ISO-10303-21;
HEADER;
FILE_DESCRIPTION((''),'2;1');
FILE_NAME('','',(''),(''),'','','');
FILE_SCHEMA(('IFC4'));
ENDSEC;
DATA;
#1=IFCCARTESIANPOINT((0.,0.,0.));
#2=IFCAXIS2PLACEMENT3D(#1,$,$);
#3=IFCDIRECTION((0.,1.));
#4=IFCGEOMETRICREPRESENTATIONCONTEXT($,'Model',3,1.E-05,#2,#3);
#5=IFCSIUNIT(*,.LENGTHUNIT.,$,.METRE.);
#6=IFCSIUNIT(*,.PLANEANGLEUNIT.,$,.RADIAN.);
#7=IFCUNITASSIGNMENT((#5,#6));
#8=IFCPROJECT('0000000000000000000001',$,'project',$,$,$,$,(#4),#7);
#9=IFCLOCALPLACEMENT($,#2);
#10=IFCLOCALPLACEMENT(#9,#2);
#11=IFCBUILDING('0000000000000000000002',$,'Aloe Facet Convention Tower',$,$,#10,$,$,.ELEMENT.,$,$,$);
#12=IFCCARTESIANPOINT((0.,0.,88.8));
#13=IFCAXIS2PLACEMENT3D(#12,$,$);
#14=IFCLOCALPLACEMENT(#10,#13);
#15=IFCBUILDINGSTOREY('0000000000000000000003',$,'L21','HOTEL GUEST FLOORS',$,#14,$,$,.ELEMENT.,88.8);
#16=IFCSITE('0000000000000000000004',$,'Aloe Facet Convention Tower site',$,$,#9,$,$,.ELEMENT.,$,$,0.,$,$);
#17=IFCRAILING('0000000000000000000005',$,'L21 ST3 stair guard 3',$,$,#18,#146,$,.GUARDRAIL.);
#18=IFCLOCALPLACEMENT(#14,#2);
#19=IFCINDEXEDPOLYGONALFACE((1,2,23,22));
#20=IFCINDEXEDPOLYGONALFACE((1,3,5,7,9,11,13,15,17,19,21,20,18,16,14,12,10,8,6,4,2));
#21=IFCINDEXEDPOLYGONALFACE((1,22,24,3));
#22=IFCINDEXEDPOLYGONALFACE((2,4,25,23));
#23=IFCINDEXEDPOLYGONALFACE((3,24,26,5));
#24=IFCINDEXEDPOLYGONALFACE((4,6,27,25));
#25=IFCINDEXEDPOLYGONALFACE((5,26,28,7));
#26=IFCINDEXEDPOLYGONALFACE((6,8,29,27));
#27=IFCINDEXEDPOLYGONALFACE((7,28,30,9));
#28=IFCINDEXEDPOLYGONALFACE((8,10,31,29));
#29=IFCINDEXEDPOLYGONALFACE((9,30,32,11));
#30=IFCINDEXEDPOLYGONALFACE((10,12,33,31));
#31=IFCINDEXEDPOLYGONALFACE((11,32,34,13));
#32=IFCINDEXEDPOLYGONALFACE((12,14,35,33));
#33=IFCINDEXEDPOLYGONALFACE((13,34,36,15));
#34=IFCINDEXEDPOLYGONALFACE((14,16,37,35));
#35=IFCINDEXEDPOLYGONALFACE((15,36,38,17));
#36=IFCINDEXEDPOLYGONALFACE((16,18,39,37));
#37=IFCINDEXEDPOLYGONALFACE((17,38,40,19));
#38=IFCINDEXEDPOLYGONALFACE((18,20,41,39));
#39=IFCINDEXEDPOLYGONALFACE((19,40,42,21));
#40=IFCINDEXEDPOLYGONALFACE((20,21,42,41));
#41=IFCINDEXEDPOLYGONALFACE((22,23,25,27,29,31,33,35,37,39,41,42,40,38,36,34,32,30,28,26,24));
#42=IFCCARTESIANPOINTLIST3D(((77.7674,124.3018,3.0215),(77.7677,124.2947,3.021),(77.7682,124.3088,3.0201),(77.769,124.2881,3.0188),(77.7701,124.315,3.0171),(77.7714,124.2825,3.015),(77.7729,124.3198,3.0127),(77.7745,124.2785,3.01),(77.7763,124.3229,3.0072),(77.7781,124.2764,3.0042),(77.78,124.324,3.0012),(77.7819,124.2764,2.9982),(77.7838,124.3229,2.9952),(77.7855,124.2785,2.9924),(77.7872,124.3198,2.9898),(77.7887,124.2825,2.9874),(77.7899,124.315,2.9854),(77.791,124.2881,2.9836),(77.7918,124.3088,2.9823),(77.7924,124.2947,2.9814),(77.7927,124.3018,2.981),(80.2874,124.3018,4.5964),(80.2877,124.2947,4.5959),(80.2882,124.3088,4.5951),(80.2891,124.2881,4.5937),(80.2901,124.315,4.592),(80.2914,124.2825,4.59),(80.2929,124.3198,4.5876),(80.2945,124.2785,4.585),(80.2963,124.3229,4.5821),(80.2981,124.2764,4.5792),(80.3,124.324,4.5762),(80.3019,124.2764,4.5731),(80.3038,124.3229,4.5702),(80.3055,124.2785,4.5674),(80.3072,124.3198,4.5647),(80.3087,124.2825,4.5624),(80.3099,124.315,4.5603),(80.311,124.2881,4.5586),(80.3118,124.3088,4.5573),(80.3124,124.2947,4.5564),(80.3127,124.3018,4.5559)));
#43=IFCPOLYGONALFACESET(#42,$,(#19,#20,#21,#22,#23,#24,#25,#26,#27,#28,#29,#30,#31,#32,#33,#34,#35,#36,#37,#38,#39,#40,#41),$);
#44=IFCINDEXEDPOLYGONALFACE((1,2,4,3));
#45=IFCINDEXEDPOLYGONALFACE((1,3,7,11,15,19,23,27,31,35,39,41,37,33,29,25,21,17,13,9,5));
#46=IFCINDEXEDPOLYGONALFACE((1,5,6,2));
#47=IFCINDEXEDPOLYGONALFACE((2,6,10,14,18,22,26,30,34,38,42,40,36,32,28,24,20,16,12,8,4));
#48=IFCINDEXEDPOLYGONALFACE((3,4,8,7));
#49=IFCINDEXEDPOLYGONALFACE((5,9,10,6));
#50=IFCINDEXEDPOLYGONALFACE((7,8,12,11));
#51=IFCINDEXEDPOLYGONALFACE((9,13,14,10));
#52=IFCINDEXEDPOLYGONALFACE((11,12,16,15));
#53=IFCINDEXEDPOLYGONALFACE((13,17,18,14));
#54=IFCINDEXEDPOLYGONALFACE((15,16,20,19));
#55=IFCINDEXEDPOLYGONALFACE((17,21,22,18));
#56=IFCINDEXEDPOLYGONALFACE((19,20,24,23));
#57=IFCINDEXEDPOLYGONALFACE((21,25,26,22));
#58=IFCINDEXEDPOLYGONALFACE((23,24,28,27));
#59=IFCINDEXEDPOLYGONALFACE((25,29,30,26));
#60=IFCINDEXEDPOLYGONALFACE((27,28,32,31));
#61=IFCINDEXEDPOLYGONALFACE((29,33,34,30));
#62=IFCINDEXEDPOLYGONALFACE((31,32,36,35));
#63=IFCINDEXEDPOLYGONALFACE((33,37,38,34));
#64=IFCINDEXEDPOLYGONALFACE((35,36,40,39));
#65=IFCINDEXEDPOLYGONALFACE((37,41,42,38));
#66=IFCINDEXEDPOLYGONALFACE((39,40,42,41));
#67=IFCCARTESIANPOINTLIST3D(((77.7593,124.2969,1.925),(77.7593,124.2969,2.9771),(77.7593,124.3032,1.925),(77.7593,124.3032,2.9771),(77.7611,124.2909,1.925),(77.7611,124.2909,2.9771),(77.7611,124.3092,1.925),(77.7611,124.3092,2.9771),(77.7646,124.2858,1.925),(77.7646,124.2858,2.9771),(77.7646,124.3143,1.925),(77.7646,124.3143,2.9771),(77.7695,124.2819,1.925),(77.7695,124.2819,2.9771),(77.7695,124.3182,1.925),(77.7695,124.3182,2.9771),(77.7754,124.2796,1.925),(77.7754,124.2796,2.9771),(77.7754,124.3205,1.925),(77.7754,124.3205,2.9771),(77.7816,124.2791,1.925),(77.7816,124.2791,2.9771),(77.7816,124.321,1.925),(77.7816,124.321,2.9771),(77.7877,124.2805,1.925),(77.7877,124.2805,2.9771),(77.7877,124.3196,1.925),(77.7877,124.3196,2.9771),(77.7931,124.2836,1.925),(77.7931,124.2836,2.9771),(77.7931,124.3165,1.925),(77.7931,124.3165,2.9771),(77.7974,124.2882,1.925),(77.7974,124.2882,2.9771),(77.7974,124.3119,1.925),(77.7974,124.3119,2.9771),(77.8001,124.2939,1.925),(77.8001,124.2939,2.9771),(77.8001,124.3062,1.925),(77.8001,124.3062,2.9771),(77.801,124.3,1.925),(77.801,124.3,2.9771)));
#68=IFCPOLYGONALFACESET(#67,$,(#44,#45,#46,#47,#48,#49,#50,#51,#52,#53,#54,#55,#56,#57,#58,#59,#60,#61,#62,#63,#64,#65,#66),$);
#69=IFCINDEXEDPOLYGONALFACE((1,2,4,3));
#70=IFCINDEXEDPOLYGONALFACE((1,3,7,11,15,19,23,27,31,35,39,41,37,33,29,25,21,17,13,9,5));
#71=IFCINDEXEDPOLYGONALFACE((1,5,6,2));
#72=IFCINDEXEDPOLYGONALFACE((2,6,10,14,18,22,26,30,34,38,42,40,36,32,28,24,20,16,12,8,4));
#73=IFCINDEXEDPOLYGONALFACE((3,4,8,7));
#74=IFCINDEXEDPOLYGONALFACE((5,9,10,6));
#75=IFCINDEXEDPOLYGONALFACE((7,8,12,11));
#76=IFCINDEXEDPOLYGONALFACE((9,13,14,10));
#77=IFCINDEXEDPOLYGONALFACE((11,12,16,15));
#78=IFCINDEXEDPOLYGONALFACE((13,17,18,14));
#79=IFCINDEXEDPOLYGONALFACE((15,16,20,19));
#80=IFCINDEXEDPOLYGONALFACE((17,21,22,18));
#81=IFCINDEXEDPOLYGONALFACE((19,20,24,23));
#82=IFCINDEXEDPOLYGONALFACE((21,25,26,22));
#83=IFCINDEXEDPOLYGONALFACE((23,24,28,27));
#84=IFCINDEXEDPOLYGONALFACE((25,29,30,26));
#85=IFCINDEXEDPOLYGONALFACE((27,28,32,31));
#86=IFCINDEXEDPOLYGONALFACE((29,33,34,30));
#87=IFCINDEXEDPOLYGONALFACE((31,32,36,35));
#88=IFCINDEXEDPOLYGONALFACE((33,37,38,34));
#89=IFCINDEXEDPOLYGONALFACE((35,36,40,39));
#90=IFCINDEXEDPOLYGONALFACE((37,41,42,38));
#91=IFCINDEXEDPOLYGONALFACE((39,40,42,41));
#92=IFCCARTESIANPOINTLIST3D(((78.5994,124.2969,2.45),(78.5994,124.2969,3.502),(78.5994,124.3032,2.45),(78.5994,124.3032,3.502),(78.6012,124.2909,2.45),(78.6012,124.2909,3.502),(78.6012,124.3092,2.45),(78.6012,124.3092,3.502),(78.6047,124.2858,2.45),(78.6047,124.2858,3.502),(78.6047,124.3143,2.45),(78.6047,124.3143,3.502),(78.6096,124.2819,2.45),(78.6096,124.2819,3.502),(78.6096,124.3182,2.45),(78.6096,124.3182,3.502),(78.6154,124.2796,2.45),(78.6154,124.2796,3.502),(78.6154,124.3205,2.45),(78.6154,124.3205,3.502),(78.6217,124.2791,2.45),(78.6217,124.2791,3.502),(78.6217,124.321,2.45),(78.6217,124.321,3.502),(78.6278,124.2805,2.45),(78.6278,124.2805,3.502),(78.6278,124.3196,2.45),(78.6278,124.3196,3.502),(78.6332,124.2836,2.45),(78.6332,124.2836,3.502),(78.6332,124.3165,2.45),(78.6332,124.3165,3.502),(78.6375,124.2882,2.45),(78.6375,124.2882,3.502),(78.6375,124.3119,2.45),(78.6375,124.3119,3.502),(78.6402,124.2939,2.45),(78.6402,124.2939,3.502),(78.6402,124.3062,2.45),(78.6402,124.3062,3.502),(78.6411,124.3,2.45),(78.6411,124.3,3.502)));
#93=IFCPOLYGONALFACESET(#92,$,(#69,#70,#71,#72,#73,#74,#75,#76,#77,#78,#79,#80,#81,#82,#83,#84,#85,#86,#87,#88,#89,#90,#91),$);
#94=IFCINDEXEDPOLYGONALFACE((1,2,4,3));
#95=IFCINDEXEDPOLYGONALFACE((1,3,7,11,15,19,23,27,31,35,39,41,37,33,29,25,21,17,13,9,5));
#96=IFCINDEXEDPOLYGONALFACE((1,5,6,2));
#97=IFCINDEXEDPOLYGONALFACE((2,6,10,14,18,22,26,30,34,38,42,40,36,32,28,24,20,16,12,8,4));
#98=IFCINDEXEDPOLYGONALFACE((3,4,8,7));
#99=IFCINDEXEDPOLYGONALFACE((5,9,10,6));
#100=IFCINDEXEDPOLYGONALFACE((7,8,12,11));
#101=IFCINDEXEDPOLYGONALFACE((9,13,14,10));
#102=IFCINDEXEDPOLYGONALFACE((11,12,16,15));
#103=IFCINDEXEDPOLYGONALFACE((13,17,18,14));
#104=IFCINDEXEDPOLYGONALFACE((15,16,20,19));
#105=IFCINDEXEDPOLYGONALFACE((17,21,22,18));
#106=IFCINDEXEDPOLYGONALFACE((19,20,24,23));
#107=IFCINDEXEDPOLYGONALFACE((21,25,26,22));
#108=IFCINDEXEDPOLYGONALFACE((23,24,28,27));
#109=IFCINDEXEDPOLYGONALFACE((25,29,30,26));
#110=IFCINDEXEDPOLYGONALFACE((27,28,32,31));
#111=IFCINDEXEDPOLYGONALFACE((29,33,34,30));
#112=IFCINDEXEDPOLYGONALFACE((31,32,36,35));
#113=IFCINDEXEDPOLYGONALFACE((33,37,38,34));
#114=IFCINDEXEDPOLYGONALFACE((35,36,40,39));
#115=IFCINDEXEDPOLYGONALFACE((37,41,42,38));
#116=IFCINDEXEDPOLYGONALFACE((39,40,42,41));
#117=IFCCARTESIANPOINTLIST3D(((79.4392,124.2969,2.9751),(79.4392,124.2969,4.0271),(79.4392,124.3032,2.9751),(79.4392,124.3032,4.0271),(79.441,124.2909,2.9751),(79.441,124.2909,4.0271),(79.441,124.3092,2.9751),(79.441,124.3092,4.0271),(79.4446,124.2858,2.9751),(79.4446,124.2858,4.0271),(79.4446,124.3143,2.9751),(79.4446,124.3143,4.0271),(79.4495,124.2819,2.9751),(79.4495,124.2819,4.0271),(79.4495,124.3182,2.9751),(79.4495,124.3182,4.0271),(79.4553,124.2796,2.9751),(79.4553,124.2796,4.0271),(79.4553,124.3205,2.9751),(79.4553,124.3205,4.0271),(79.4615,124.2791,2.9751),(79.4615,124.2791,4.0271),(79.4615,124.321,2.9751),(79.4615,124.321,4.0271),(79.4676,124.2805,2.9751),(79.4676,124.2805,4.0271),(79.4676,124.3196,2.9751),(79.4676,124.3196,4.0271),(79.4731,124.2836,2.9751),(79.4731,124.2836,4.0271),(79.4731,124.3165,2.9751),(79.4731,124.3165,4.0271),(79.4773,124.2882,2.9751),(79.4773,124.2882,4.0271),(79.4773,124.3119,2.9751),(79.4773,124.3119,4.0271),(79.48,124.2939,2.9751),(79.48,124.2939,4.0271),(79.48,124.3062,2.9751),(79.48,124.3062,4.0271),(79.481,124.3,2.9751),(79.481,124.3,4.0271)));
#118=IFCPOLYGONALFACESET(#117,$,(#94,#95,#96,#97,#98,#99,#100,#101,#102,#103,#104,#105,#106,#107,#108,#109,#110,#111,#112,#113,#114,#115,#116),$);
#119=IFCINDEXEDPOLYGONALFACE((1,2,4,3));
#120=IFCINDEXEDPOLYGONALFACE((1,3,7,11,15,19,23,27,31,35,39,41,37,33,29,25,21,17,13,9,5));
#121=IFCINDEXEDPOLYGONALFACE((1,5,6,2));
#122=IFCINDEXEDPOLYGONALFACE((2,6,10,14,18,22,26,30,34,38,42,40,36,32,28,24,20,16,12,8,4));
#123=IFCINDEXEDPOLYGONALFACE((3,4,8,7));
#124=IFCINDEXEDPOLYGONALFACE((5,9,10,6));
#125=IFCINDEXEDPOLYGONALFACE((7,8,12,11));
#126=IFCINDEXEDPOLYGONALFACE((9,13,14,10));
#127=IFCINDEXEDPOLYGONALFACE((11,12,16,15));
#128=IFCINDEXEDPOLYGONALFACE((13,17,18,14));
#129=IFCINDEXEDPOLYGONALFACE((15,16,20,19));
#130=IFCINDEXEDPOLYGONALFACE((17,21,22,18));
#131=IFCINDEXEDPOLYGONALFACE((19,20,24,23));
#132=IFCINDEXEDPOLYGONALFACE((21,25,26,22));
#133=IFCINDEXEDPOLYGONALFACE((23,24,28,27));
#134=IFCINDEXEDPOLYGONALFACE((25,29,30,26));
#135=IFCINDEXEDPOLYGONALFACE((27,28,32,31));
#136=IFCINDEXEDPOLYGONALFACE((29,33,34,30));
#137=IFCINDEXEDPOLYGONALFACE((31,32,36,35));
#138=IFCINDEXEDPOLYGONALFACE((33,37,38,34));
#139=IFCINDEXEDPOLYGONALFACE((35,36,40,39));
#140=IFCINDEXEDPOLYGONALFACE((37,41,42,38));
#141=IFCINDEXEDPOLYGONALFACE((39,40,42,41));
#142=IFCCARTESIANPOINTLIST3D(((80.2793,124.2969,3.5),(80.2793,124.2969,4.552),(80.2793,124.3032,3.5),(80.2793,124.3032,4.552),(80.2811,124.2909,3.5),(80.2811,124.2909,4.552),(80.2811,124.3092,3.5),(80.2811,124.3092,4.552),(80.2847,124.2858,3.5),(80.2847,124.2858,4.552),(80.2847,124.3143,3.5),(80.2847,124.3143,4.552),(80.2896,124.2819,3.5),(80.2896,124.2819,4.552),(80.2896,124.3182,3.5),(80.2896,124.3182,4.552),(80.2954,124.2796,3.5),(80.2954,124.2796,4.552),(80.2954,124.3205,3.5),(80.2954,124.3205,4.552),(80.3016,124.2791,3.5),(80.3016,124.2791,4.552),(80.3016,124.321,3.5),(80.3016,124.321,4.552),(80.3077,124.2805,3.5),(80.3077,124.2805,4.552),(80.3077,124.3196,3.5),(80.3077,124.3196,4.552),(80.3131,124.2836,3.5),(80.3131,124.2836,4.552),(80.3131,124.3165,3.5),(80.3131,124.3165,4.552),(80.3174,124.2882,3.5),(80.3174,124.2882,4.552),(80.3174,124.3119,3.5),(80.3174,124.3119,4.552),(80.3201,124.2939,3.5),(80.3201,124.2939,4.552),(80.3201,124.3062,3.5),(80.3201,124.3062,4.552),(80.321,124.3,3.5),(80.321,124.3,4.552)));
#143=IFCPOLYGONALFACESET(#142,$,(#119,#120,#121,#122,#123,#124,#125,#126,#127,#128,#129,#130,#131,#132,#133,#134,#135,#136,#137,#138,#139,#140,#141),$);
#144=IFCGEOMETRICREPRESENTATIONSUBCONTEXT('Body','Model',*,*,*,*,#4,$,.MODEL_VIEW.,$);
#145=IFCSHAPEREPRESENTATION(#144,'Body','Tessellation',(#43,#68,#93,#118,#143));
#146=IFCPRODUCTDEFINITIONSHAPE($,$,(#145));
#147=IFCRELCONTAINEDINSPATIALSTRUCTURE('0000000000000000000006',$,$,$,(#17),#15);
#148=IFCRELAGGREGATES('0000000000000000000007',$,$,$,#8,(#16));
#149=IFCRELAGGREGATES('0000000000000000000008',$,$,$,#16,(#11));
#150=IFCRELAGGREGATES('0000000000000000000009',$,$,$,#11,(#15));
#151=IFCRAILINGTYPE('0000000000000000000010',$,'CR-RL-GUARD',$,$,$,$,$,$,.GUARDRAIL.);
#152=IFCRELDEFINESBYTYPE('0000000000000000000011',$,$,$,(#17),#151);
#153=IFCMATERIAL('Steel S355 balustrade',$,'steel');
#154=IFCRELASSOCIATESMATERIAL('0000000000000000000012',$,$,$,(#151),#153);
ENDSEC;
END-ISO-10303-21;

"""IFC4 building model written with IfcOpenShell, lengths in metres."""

from ifc_helpers import new_model, si_unit, direction, frame, origin, origin_2d, place, context, subcontext, project, spatial, circle, extrude, material, type_object, element, save


model = new_model("IFC4")

# Units and contexts
model_context = context("Model", 3, precision=1e-05, world=origin(), true_north=direction((0.0, 1.0)))
body_context = subcontext(model_context, "Body", "Model", "MODEL_VIEW")
ifc_project = project(units=[si_unit("LENGTHUNIT", "METRE"), si_unit("PLANEANGLEUNIT", "RADIAN")], contexts=[model_context])

# Site, building, storey
site_placement = place(None, origin())
site = spatial("IfcSite", under=ifc_project, at=site_placement, Name="Aloe Facet Convention Tower site", CompositionType="ELEMENT", RefElevation=0.0)
building_placement = place(site_placement, origin())
building = spatial("IfcBuilding", under=site, at=building_placement, Name="Aloe Facet Convention Tower", CompositionType="ELEMENT")
storey_placement = place(building_placement, frame((0.0, 0.0, 88.8)))
storey = spatial("IfcBuildingStorey", under=building, at=storey_placement, Name="L21", Description="HOTEL GUEST FLOORS", CompositionType="ELEMENT", Elevation=88.8)

# Railing
ifc_material_1 = material(Name="Steel S355 balustrade", Category="steel")
railing_type_1 = type_object("IfcRailingType", Name="CR-RL-GUARD", PredefinedType="GUARDRAIL", material=ifc_material_1)
railing_1_placement = place(storey_placement, frame((77.78, 124.3, 1.925)))
element("IfcRailing", 1, at=railing_1_placement, inside=storey, type_object=railing_type_1, Name="L21 ST3 stair guard 3", PredefinedType="GUARDRAIL", context=body_context, shape_type="SweptSolid", body=[
    extrude(circle(Radius=0.0239, at=origin_2d()), frame((0.0, 0.0, 1.0762), z_axis=(0.848008, 0.0, 0.529984), x_axis=(0.0, 1.0, 0.0)), (0.0, 0.0, 1.0), 2.9717),
    extrude(circle(Radius=0.021, at=origin_2d()), origin(), (0.0, 0.0, 1.0), 1.052),
    extrude(circle(Radius=0.021, at=origin_2d()), frame((0.8401, 0.0, 0.5249)), (0.0, 0.0, 1.0), 1.052),
    extrude(circle(Radius=0.021, at=origin_2d()), frame((1.6799, 0.0, 1.05)), (0.0, 0.0, 1.0), 1.052),
    extrude(circle(Radius=0.021, at=origin_2d()), frame((2.52, 0.0, 1.575)), (0.0, 0.0, 1.0), 1.052),
])

save(model, "model.ifc")
